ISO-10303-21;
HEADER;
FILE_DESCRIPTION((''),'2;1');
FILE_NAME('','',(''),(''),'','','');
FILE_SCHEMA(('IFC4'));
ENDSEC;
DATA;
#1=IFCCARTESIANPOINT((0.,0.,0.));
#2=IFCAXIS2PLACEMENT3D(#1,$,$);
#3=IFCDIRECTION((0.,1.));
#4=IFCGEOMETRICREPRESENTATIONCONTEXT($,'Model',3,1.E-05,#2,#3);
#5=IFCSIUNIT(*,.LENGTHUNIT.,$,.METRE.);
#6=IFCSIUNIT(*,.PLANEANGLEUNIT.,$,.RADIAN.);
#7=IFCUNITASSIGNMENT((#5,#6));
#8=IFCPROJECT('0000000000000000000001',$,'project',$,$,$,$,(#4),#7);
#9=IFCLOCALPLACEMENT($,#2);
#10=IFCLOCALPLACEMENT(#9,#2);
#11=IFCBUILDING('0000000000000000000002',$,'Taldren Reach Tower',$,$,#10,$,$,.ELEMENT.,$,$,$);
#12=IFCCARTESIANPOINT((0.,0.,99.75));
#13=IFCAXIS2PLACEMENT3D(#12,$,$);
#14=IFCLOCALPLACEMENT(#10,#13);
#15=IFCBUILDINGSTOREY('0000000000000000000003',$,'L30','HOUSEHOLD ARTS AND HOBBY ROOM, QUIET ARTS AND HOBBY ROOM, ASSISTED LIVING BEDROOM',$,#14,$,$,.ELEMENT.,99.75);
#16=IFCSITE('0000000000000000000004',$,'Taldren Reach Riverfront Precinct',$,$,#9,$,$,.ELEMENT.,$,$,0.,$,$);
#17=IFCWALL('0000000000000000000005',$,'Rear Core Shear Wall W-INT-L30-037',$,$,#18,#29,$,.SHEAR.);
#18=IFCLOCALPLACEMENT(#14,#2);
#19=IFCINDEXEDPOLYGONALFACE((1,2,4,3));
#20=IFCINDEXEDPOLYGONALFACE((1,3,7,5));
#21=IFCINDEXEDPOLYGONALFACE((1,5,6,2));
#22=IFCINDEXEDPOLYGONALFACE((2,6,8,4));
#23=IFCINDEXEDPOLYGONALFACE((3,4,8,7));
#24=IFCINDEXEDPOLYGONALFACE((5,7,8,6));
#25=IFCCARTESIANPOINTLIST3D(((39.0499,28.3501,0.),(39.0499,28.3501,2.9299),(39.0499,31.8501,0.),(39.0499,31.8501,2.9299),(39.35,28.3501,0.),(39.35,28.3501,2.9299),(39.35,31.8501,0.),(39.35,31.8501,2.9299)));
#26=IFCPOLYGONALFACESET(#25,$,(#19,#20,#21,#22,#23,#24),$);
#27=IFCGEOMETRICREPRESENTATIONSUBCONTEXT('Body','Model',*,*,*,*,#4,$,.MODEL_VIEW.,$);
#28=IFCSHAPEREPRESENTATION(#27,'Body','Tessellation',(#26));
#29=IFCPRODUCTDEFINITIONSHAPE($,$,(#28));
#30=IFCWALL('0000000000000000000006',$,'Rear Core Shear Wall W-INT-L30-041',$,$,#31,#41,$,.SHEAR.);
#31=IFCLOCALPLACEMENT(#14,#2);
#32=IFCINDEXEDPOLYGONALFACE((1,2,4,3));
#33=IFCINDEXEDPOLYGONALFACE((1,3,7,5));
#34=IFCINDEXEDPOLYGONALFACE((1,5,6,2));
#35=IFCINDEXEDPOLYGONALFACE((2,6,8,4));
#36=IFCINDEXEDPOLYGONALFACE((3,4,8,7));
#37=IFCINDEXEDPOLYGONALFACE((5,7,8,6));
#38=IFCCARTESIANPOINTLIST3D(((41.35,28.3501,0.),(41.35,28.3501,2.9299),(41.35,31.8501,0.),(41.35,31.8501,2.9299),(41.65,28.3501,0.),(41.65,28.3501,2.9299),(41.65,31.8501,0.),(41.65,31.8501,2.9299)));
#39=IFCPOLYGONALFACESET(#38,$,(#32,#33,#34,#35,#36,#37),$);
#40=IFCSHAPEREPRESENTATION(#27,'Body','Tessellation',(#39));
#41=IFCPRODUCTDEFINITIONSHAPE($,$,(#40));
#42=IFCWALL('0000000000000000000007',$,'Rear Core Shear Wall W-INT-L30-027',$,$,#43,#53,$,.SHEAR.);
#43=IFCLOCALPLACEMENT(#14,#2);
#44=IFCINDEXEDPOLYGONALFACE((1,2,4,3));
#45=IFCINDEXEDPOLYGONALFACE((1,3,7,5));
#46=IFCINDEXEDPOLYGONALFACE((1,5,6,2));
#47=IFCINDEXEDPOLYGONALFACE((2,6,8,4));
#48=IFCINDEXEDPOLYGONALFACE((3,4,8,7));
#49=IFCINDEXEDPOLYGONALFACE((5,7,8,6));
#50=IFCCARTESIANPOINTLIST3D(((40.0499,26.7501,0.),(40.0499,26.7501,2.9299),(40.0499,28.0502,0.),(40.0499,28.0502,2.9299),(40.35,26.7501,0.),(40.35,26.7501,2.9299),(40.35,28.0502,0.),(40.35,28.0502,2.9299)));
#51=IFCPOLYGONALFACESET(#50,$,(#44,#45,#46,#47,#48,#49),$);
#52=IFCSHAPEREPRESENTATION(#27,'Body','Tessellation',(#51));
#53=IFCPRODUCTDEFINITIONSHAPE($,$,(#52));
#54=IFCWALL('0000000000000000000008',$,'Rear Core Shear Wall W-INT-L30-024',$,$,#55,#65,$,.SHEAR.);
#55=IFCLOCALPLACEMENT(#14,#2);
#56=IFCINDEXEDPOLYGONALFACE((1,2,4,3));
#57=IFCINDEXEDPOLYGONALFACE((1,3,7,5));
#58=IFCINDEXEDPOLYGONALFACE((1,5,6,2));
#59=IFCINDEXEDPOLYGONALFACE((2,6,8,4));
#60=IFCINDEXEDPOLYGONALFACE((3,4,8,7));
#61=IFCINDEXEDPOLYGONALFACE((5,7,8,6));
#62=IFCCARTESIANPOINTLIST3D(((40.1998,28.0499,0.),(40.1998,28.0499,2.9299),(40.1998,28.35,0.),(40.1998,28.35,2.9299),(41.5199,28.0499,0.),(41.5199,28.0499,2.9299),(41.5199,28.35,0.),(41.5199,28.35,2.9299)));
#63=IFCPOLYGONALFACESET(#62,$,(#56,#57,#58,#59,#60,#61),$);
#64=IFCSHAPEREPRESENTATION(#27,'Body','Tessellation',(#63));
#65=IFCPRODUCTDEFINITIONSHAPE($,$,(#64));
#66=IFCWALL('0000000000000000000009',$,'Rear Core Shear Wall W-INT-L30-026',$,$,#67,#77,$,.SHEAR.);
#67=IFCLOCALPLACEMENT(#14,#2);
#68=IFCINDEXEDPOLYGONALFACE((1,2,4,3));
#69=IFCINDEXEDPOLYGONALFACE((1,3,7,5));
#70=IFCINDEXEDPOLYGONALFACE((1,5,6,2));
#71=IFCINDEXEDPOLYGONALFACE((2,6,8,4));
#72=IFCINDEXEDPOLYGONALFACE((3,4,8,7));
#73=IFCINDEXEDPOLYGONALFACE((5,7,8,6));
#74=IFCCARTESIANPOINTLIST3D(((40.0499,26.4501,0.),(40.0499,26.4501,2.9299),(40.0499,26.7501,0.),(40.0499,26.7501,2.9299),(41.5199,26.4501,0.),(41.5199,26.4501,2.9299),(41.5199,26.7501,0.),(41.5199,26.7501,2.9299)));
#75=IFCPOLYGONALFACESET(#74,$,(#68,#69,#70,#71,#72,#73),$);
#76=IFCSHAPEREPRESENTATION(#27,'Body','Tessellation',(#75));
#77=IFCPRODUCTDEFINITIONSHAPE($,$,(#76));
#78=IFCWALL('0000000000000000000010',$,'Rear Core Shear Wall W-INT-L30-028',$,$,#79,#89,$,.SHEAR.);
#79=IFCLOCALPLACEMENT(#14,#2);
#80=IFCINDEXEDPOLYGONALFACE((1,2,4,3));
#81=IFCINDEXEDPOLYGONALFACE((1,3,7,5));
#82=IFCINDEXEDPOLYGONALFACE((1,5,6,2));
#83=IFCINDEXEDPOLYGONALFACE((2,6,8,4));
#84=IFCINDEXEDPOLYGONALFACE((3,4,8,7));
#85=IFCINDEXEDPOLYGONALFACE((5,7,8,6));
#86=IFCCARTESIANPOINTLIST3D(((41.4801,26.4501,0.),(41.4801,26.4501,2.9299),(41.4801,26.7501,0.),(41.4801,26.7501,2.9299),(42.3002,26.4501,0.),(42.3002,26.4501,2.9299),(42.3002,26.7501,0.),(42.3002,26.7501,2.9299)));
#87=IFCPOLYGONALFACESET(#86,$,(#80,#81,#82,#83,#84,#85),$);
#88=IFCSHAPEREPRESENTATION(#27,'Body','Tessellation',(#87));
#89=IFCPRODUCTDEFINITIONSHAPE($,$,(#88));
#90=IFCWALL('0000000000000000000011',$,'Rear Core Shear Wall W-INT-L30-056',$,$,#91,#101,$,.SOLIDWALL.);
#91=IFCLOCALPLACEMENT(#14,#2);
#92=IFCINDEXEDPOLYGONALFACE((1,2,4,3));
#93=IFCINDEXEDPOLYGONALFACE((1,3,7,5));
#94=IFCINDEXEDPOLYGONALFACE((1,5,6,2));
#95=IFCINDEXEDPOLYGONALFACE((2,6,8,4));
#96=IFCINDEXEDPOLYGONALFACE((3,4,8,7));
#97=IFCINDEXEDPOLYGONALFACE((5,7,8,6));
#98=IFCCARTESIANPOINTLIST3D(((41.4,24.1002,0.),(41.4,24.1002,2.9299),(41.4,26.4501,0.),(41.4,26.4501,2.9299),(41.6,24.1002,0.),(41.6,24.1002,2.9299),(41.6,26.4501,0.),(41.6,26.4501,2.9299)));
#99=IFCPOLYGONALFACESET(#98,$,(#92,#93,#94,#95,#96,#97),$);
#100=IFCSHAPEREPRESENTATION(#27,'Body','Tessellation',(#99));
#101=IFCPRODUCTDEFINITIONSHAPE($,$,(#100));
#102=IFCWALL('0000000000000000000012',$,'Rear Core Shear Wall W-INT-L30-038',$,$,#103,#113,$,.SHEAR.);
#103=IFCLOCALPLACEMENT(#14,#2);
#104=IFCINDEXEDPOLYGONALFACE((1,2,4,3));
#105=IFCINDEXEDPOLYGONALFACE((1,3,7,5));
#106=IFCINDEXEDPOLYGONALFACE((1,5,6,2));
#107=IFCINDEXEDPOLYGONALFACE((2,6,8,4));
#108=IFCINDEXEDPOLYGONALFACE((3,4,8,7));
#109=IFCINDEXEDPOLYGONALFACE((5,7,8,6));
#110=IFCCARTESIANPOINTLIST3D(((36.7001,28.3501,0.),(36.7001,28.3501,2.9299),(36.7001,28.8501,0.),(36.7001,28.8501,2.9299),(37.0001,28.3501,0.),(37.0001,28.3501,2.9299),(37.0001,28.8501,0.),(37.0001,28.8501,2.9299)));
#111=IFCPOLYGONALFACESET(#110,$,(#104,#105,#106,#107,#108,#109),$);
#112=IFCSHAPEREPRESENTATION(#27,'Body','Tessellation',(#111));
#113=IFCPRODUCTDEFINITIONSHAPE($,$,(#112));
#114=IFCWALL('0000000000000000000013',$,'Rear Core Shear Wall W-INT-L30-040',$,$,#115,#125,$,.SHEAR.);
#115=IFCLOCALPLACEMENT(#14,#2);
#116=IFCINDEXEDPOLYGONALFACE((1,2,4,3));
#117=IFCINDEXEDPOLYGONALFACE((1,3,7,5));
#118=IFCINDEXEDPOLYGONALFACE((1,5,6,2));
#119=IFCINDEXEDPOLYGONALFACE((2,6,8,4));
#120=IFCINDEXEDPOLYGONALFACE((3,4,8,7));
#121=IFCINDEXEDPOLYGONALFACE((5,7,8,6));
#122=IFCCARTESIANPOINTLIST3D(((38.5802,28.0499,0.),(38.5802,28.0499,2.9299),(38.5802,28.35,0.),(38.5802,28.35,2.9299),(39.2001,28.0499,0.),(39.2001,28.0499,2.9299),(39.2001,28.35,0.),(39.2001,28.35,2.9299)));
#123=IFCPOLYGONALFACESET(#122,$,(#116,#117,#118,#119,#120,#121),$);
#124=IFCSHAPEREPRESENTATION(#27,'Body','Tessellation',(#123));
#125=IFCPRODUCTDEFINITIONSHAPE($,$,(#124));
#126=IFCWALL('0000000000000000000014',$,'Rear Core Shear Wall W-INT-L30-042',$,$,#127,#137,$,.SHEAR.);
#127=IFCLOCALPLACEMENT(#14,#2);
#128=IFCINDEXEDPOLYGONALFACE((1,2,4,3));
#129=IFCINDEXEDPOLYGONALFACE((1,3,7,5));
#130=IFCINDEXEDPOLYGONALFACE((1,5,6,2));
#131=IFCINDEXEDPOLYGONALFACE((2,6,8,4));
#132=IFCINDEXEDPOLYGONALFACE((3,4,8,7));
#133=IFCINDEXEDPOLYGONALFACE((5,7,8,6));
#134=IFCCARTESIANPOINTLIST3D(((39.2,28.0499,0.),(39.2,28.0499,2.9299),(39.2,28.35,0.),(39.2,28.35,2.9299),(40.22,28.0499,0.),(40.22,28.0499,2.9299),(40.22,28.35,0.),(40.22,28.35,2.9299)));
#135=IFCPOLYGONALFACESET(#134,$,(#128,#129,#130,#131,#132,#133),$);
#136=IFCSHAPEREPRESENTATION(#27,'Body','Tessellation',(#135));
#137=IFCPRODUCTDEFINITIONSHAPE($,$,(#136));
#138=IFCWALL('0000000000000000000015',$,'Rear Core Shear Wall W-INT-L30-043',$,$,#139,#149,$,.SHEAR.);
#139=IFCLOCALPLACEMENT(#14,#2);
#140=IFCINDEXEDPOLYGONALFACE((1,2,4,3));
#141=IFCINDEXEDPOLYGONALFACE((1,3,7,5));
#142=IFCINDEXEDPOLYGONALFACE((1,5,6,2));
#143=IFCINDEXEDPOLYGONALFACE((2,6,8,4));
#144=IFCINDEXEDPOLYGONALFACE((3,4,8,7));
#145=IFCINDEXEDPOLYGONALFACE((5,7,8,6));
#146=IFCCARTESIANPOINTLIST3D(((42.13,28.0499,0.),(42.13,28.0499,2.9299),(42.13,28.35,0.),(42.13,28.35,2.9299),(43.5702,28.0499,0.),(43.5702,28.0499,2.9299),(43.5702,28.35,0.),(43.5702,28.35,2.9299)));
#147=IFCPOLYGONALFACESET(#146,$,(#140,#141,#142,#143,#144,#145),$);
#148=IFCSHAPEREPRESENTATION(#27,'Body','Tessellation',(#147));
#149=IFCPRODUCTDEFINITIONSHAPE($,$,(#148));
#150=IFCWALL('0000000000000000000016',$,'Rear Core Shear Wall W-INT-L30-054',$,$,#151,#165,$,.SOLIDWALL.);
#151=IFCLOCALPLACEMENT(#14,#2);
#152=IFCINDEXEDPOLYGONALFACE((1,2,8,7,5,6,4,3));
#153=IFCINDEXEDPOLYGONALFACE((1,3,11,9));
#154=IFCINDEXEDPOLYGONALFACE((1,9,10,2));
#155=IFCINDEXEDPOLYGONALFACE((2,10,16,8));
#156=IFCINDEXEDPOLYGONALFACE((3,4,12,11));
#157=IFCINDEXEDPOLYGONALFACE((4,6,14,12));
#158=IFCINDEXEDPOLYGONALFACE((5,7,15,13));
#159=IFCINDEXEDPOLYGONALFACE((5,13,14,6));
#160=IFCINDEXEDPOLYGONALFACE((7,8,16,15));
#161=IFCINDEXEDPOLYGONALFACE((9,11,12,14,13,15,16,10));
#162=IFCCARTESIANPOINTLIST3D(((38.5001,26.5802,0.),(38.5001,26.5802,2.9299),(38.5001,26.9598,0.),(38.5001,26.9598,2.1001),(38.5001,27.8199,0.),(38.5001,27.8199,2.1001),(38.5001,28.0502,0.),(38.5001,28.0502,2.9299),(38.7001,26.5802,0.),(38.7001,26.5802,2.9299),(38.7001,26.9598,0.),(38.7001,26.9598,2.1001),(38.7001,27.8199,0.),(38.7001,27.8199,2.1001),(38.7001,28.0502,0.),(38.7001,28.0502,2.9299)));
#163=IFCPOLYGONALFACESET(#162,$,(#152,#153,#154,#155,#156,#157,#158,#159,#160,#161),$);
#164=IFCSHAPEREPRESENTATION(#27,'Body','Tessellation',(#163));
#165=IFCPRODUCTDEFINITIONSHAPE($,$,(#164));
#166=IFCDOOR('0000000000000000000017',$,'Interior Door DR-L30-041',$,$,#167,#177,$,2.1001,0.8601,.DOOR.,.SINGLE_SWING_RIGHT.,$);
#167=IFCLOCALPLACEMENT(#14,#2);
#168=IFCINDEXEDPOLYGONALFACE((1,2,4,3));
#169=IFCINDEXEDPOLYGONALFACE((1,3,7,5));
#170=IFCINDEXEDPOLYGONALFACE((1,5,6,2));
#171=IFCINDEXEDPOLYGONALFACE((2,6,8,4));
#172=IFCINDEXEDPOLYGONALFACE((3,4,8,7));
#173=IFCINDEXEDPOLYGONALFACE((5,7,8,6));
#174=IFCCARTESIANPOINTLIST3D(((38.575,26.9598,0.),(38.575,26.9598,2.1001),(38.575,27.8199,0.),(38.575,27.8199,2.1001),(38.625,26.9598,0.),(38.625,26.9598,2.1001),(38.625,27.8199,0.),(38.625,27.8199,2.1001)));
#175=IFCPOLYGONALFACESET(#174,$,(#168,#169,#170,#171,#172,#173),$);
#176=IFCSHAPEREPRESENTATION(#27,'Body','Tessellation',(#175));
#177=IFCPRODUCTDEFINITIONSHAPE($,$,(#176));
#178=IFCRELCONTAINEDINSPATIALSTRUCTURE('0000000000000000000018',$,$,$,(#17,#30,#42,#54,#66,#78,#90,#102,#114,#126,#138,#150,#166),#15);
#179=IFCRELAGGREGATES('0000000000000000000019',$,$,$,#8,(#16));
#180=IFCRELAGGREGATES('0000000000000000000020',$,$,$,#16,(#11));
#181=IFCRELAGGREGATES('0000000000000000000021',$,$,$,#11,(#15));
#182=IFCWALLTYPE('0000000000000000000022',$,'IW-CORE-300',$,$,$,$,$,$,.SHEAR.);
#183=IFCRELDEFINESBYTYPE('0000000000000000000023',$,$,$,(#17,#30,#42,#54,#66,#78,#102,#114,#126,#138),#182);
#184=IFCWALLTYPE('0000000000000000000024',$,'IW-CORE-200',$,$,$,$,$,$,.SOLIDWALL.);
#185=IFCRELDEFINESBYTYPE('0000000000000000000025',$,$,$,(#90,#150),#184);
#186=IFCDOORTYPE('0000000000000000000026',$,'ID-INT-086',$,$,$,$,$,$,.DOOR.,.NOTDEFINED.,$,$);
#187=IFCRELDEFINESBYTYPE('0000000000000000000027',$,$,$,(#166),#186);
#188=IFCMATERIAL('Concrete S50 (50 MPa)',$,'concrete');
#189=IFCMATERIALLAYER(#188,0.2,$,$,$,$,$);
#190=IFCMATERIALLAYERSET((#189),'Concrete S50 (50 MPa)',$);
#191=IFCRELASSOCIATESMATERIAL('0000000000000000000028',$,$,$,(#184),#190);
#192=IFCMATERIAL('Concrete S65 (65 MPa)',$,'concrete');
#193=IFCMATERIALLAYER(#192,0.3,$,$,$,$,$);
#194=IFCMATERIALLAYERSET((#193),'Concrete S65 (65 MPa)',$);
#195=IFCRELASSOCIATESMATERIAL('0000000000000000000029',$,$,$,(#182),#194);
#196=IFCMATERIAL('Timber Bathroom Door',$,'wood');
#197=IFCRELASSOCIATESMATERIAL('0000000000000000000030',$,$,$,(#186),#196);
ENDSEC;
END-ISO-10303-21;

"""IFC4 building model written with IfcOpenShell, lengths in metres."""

from ifc_helpers import new_model, si_unit, direction, frame, frame_2d, origin, place, context, subcontext, project, spatial, rectangle, extrude, source, transform, mapped, material, layer, layer_set, type_object, element, fill, save


model = new_model("IFC4")

# Units and contexts
model_context = context("Model", 3, precision=1e-05, world=origin(), true_north=direction((0.0, 1.0)))
body_context = subcontext(model_context, "Body", "Model", "MODEL_VIEW")
ifc_project = project(units=[si_unit("LENGTHUNIT", "METRE"), si_unit("PLANEANGLEUNIT", "RADIAN")], contexts=[model_context])

# Site, building, storey
site_placement = place(None, origin())
site = spatial("IfcSite", under=ifc_project, at=site_placement, Name="Taldren Reach Riverfront Precinct", CompositionType="ELEMENT", RefElevation=0.0)
building_placement = place(site_placement, origin())
building = spatial("IfcBuilding", under=site, at=building_placement, Name="Taldren Reach Tower", CompositionType="ELEMENT")
storey_placement = place(building_placement, frame((0.0, 0.0, 99.75)))
storey = spatial("IfcBuildingStorey", under=building, at=storey_placement, Name="L30", Description="HOUSEHOLD ARTS AND HOBBY ROOM, QUIET ARTS AND HOBBY ROOM, ASSISTED LIVING BEDROOM", CompositionType="ELEMENT", Elevation=99.75)

# Shared definitions
ifc_material_1 = material(Name="Concrete S65 (65 MPa)", Category="concrete")

# Shared definitions
ifc_material_2 = material(Name="Concrete S50 (50 MPa)", Category="concrete")
ifc_layer_1 = layer(ifc_material_2, 0.2)
ifc_layer_set_1 = layer_set([ifc_layer_1], Name="Concrete S50 (50 MPa)")
wall_type_1 = type_object("IfcWallType", Name="IW-CORE-200", PredefinedType="SOLIDWALL", material=ifc_layer_set_1)

# Walls
ifc_layer_2 = layer(ifc_material_1, 0.3)
ifc_layer_set_2 = layer_set([ifc_layer_2], Name="Concrete S65 (65 MPa)")
wall_type_2 = type_object("IfcWallType", Name="IW-CORE-300", PredefinedType="SHEAR", material=ifc_layer_set_2)
shared_shape_1 = source(origin(), body_context, "Body", "SweptSolid", [
    extrude(rectangle(XDim=3.5, YDim=0.3, at=frame_2d((1.75, 0.0))), origin(), (0.0, 0.0, 1.0), 2.9299),
])
for number, where, z_axis, x_axis, name in (
    (1, (39.2, 28.3501, 0.0), (0.0, 0.0, 1.0), (0.0, 1.0, 0.0), "Rear Core Shear Wall W-INT-L30-037"),
    (2, (41.5, 28.3501, 0.0), (0.0, 0.0, 1.0), (0.0, 1.0, 0.0), "Rear Core Shear Wall W-INT-L30-041"),
):
    element("IfcWall", number, at=place(storey_placement, frame(where, z_axis=z_axis, x_axis=x_axis)), inside=storey, type_object=wall_type_2, Name=name, PredefinedType="SHEAR", context=body_context, shape_type="MappedRepresentation", body=[
        mapped(shared_shape_1, transform((0.0, 0.0, 0.0), scale=1.0)),
    ])
shared_shape_2 = source(origin(), body_context, "Body", "SweptSolid", [
    extrude(rectangle(XDim=1.3, YDim=0.3, at=frame_2d((0.6499, 0.0))), origin(), (0.0, 0.0, 1.0), 2.9299),
])
wall_1_placement = place(storey_placement, frame((40.2, 28.05, 0.0), z_axis=(0.0, 0.0, 1.0), x_axis=(0.0, -1.0, 0.0)))
element("IfcWall", 3, at=wall_1_placement, inside=storey, type_object=wall_type_2, Name="Rear Core Shear Wall W-INT-L30-027", PredefinedType="SHEAR", context=body_context, shape_type="MappedRepresentation", body=[
    mapped(shared_shape_2, transform((0.0, 0.0, 0.0), scale=1.0)),
])
shared_shape_3 = source(origin(), body_context, "Body", "SweptSolid", [
    extrude(rectangle(XDim=1.3201, YDim=0.3, at=frame_2d((0.6602, 0.0))), origin(), (0.0, 0.0, 1.0), 2.9299),
])
wall_2_placement = place(storey_placement, frame((41.52, 28.2, 0.0), z_axis=(0.0, 0.0, 1.0), x_axis=(-1.0, 0.0, 0.0)))
element("IfcWall", 4, at=wall_2_placement, inside=storey, type_object=wall_type_2, Name="Rear Core Shear Wall W-INT-L30-024", PredefinedType="SHEAR", context=body_context, shape_type="MappedRepresentation", body=[
    mapped(shared_shape_3, transform((0.0, 0.0, 0.0), scale=1.0)),
])
shared_shape_4 = source(origin(), body_context, "Body", "SweptSolid", [
    extrude(rectangle(XDim=1.47, YDim=0.3, at=frame_2d((0.7349, 0.0))), origin(), (0.0, 0.0, 1.0), 2.9299),
])
wall_3_placement = place(storey_placement, frame((40.05, 26.6001, 0.0), z_axis=(0.0, 0.0, 1.0), x_axis=(1.0, 0.0, 0.0)))
element("IfcWall", 5, at=wall_3_placement, inside=storey, type_object=wall_type_2, Name="Rear Core Shear Wall W-INT-L30-026", PredefinedType="SHEAR", context=body_context, shape_type="MappedRepresentation", body=[
    mapped(shared_shape_4, transform((0.0, 0.0, 0.0), scale=1.0)),
])
shared_shape_5 = source(origin(), body_context, "Body", "SweptSolid", [
    extrude(rectangle(XDim=0.8201, YDim=0.3, at=frame_2d((0.4102, 0.0))), origin(), (0.0, 0.0, 1.0), 2.9299),
])
wall_4_placement = place(storey_placement, frame((41.48, 26.6001, 0.0), z_axis=(0.0, 0.0, 1.0), x_axis=(1.0, 0.0, 0.0)))
element("IfcWall", 6, at=wall_4_placement, inside=storey, type_object=wall_type_2, Name="Rear Core Shear Wall W-INT-L30-028", PredefinedType="SHEAR", context=body_context, shape_type="MappedRepresentation", body=[
    mapped(shared_shape_5, transform((0.0, 0.0, 0.0), scale=1.0)),
])
shared_shape_6 = source(origin(), body_context, "Body", "SweptSolid", [
    extrude(rectangle(XDim=2.3499, YDim=0.2, at=frame_2d((1.1748, 0.0))), origin(), (0.0, 0.0, 1.0), 2.9299),
])
wall_5_placement = place(storey_placement, frame((41.5, 26.45, 0.0), z_axis=(0.0, 0.0, 1.0), x_axis=(0.0, -1.0, 0.0)))
element("IfcWall", 7, at=wall_5_placement, inside=storey, type_object=wall_type_1, Name="Rear Core Shear Wall W-INT-L30-056", PredefinedType="SOLIDWALL", context=body_context, shape_type="MappedRepresentation", body=[
    mapped(shared_shape_6, transform((0.0, 0.0, 0.0), scale=1.0)),
])
shared_shape_7 = source(origin(), body_context, "Body", "SweptSolid", [
    extrude(rectangle(XDim=0.5, YDim=0.3, at=frame_2d((0.25, 0.0))), origin(), (0.0, 0.0, 1.0), 2.9299),
])
wall_6_placement = place(storey_placement, frame((36.8501, 28.8501, 0.0), z_axis=(0.0, 0.0, 1.0), x_axis=(0.0, -1.0, 0.0)))
element("IfcWall", 8, at=wall_6_placement, inside=storey, type_object=wall_type_2, Name="Rear Core Shear Wall W-INT-L30-038", PredefinedType="SHEAR", context=body_context, shape_type="MappedRepresentation", body=[
    mapped(shared_shape_7, transform((0.0, 0.0, 0.0), scale=1.0)),
])
shared_shape_8 = source(origin(), body_context, "Body", "SweptSolid", [
    extrude(rectangle(XDim=0.6199, YDim=0.3, at=frame_2d((0.3101, 0.0))), origin(), (0.0, 0.0, 1.0), 2.9299),
])
wall_7_placement = place(storey_placement, frame((38.5801, 28.2, 0.0), z_axis=(0.0, 0.0, 1.0), x_axis=(1.0, 0.0, 0.0)))
element("IfcWall", 9, at=wall_7_placement, inside=storey, type_object=wall_type_2, Name="Rear Core Shear Wall W-INT-L30-040", PredefinedType="SHEAR", context=body_context, shape_type="MappedRepresentation", body=[
    mapped(shared_shape_8, transform((0.0, 0.0, 0.0), scale=1.0)),
])
shared_shape_9 = source(origin(), body_context, "Body", "SweptSolid", [
    extrude(rectangle(XDim=1.02, YDim=0.3, at=frame_2d((0.51, 0.0))), origin(), (0.0, 0.0, 1.0), 2.9299),
])
wall_8_placement = place(storey_placement, frame((39.2, 28.2, 0.0), z_axis=(0.0, 0.0, 1.0), x_axis=(1.0, 0.0, 0.0)))
element("IfcWall", 10, at=wall_8_placement, inside=storey, type_object=wall_type_2, Name="Rear Core Shear Wall W-INT-L30-042", PredefinedType="SHEAR", context=body_context, shape_type="MappedRepresentation", body=[
    mapped(shared_shape_9, transform((0.0, 0.0, 0.0), scale=1.0)),
])
shared_shape_10 = source(origin(), body_context, "Body", "SweptSolid", [
    extrude(rectangle(XDim=1.4402, YDim=0.3, at=frame_2d((0.7202, 0.0))), origin(), (0.0, 0.0, 1.0), 2.9299),
])
wall_9_placement = place(storey_placement, frame((42.1299, 28.2, 0.0), z_axis=(0.0, 0.0, 1.0), x_axis=(1.0, 0.0, 0.0)))
element("IfcWall", 11, at=wall_9_placement, inside=storey, type_object=wall_type_2, Name="Rear Core Shear Wall W-INT-L30-043", PredefinedType="SHEAR", context=body_context, shape_type="MappedRepresentation", body=[
    mapped(shared_shape_10, transform((0.0, 0.0, 0.0), scale=1.0)),
])

# Wall, opening, door
shared_shape_11 = source(origin(), body_context, "Body", "SweptSolid", [
    extrude(rectangle(XDim=1.47, YDim=0.2, at=frame_2d((0.7349, 0.0))), origin(), (0.0, 0.0, 1.0), 2.9299),
])
wall_10_placement = place(storey_placement, frame((38.6001, 28.05, 0.0), z_axis=(0.0, 0.0, 1.0), x_axis=(0.0, -1.0, 0.0)))
wall_10 = element("IfcWall", 12, at=wall_10_placement, inside=storey, type_object=wall_type_1, Name="Rear Core Shear Wall W-INT-L30-054", PredefinedType="SOLIDWALL", context=body_context, shape_type="MappedRepresentation", body=[
    mapped(shared_shape_11, transform((0.0, 0.0, 0.0), scale=1.0)),
])
shared_shape_12 = source(origin(), body_context, "Body", "SweptSolid", [
    extrude(rectangle(XDim=0.8601, YDim=2.1001, at=frame_2d((0.4302, 1.05))), frame((0.0, 0.1099, 0.0), z_axis=(0.0, -1.0, 0.0), x_axis=(1.0, 0.0, 0.0)), (0.0, 0.0, 1.0), 0.22),
])
opening_1_placement = place(wall_10_placement, frame((0.23, 0.0, 0.0)))
opening_1 = element("IfcOpeningElement", 13, at=opening_1_placement, cuts=wall_10, PredefinedType="OPENING", context=body_context, shape_type="MappedRepresentation", body=[
    mapped(shared_shape_12, transform((0.0, 0.0, 0.0), scale=1.0)),
])
ifc_material_3 = material(Name="Timber Bathroom Door", Category="wood")
door_type_1 = type_object("IfcDoorType", Name="ID-INT-086", OperationType="NOTDEFINED", PredefinedType="DOOR", material=ifc_material_3)
shared_shape_13 = source(origin(), body_context, "Body", "SweptSolid", [
    extrude(rectangle(XDim=0.8601, YDim=2.1001, at=frame_2d((0.4302, 1.05))), frame((0.0, 0.0249, 0.0), z_axis=(0.0, -1.0, 0.0), x_axis=(1.0, 0.0, 0.0)), (0.0, 0.0, 1.0), 0.05),
])
door_1_placement = place(opening_1_placement, origin())
door_1 = element("IfcDoor", 14, at=door_1_placement, inside=storey, type_object=door_type_1, Name="Interior Door DR-L30-041", OperationType="SINGLE_SWING_RIGHT", OverallHeight=2.1001, OverallWidth=0.8601, PredefinedType="DOOR", context=body_context, shape_type="MappedRepresentation", body=[
    mapped(shared_shape_13, transform((0.0, 0.0, 0.0), scale=1.0)),
])
fill(opening_1, door_1)

save(model, "model.ifc")
